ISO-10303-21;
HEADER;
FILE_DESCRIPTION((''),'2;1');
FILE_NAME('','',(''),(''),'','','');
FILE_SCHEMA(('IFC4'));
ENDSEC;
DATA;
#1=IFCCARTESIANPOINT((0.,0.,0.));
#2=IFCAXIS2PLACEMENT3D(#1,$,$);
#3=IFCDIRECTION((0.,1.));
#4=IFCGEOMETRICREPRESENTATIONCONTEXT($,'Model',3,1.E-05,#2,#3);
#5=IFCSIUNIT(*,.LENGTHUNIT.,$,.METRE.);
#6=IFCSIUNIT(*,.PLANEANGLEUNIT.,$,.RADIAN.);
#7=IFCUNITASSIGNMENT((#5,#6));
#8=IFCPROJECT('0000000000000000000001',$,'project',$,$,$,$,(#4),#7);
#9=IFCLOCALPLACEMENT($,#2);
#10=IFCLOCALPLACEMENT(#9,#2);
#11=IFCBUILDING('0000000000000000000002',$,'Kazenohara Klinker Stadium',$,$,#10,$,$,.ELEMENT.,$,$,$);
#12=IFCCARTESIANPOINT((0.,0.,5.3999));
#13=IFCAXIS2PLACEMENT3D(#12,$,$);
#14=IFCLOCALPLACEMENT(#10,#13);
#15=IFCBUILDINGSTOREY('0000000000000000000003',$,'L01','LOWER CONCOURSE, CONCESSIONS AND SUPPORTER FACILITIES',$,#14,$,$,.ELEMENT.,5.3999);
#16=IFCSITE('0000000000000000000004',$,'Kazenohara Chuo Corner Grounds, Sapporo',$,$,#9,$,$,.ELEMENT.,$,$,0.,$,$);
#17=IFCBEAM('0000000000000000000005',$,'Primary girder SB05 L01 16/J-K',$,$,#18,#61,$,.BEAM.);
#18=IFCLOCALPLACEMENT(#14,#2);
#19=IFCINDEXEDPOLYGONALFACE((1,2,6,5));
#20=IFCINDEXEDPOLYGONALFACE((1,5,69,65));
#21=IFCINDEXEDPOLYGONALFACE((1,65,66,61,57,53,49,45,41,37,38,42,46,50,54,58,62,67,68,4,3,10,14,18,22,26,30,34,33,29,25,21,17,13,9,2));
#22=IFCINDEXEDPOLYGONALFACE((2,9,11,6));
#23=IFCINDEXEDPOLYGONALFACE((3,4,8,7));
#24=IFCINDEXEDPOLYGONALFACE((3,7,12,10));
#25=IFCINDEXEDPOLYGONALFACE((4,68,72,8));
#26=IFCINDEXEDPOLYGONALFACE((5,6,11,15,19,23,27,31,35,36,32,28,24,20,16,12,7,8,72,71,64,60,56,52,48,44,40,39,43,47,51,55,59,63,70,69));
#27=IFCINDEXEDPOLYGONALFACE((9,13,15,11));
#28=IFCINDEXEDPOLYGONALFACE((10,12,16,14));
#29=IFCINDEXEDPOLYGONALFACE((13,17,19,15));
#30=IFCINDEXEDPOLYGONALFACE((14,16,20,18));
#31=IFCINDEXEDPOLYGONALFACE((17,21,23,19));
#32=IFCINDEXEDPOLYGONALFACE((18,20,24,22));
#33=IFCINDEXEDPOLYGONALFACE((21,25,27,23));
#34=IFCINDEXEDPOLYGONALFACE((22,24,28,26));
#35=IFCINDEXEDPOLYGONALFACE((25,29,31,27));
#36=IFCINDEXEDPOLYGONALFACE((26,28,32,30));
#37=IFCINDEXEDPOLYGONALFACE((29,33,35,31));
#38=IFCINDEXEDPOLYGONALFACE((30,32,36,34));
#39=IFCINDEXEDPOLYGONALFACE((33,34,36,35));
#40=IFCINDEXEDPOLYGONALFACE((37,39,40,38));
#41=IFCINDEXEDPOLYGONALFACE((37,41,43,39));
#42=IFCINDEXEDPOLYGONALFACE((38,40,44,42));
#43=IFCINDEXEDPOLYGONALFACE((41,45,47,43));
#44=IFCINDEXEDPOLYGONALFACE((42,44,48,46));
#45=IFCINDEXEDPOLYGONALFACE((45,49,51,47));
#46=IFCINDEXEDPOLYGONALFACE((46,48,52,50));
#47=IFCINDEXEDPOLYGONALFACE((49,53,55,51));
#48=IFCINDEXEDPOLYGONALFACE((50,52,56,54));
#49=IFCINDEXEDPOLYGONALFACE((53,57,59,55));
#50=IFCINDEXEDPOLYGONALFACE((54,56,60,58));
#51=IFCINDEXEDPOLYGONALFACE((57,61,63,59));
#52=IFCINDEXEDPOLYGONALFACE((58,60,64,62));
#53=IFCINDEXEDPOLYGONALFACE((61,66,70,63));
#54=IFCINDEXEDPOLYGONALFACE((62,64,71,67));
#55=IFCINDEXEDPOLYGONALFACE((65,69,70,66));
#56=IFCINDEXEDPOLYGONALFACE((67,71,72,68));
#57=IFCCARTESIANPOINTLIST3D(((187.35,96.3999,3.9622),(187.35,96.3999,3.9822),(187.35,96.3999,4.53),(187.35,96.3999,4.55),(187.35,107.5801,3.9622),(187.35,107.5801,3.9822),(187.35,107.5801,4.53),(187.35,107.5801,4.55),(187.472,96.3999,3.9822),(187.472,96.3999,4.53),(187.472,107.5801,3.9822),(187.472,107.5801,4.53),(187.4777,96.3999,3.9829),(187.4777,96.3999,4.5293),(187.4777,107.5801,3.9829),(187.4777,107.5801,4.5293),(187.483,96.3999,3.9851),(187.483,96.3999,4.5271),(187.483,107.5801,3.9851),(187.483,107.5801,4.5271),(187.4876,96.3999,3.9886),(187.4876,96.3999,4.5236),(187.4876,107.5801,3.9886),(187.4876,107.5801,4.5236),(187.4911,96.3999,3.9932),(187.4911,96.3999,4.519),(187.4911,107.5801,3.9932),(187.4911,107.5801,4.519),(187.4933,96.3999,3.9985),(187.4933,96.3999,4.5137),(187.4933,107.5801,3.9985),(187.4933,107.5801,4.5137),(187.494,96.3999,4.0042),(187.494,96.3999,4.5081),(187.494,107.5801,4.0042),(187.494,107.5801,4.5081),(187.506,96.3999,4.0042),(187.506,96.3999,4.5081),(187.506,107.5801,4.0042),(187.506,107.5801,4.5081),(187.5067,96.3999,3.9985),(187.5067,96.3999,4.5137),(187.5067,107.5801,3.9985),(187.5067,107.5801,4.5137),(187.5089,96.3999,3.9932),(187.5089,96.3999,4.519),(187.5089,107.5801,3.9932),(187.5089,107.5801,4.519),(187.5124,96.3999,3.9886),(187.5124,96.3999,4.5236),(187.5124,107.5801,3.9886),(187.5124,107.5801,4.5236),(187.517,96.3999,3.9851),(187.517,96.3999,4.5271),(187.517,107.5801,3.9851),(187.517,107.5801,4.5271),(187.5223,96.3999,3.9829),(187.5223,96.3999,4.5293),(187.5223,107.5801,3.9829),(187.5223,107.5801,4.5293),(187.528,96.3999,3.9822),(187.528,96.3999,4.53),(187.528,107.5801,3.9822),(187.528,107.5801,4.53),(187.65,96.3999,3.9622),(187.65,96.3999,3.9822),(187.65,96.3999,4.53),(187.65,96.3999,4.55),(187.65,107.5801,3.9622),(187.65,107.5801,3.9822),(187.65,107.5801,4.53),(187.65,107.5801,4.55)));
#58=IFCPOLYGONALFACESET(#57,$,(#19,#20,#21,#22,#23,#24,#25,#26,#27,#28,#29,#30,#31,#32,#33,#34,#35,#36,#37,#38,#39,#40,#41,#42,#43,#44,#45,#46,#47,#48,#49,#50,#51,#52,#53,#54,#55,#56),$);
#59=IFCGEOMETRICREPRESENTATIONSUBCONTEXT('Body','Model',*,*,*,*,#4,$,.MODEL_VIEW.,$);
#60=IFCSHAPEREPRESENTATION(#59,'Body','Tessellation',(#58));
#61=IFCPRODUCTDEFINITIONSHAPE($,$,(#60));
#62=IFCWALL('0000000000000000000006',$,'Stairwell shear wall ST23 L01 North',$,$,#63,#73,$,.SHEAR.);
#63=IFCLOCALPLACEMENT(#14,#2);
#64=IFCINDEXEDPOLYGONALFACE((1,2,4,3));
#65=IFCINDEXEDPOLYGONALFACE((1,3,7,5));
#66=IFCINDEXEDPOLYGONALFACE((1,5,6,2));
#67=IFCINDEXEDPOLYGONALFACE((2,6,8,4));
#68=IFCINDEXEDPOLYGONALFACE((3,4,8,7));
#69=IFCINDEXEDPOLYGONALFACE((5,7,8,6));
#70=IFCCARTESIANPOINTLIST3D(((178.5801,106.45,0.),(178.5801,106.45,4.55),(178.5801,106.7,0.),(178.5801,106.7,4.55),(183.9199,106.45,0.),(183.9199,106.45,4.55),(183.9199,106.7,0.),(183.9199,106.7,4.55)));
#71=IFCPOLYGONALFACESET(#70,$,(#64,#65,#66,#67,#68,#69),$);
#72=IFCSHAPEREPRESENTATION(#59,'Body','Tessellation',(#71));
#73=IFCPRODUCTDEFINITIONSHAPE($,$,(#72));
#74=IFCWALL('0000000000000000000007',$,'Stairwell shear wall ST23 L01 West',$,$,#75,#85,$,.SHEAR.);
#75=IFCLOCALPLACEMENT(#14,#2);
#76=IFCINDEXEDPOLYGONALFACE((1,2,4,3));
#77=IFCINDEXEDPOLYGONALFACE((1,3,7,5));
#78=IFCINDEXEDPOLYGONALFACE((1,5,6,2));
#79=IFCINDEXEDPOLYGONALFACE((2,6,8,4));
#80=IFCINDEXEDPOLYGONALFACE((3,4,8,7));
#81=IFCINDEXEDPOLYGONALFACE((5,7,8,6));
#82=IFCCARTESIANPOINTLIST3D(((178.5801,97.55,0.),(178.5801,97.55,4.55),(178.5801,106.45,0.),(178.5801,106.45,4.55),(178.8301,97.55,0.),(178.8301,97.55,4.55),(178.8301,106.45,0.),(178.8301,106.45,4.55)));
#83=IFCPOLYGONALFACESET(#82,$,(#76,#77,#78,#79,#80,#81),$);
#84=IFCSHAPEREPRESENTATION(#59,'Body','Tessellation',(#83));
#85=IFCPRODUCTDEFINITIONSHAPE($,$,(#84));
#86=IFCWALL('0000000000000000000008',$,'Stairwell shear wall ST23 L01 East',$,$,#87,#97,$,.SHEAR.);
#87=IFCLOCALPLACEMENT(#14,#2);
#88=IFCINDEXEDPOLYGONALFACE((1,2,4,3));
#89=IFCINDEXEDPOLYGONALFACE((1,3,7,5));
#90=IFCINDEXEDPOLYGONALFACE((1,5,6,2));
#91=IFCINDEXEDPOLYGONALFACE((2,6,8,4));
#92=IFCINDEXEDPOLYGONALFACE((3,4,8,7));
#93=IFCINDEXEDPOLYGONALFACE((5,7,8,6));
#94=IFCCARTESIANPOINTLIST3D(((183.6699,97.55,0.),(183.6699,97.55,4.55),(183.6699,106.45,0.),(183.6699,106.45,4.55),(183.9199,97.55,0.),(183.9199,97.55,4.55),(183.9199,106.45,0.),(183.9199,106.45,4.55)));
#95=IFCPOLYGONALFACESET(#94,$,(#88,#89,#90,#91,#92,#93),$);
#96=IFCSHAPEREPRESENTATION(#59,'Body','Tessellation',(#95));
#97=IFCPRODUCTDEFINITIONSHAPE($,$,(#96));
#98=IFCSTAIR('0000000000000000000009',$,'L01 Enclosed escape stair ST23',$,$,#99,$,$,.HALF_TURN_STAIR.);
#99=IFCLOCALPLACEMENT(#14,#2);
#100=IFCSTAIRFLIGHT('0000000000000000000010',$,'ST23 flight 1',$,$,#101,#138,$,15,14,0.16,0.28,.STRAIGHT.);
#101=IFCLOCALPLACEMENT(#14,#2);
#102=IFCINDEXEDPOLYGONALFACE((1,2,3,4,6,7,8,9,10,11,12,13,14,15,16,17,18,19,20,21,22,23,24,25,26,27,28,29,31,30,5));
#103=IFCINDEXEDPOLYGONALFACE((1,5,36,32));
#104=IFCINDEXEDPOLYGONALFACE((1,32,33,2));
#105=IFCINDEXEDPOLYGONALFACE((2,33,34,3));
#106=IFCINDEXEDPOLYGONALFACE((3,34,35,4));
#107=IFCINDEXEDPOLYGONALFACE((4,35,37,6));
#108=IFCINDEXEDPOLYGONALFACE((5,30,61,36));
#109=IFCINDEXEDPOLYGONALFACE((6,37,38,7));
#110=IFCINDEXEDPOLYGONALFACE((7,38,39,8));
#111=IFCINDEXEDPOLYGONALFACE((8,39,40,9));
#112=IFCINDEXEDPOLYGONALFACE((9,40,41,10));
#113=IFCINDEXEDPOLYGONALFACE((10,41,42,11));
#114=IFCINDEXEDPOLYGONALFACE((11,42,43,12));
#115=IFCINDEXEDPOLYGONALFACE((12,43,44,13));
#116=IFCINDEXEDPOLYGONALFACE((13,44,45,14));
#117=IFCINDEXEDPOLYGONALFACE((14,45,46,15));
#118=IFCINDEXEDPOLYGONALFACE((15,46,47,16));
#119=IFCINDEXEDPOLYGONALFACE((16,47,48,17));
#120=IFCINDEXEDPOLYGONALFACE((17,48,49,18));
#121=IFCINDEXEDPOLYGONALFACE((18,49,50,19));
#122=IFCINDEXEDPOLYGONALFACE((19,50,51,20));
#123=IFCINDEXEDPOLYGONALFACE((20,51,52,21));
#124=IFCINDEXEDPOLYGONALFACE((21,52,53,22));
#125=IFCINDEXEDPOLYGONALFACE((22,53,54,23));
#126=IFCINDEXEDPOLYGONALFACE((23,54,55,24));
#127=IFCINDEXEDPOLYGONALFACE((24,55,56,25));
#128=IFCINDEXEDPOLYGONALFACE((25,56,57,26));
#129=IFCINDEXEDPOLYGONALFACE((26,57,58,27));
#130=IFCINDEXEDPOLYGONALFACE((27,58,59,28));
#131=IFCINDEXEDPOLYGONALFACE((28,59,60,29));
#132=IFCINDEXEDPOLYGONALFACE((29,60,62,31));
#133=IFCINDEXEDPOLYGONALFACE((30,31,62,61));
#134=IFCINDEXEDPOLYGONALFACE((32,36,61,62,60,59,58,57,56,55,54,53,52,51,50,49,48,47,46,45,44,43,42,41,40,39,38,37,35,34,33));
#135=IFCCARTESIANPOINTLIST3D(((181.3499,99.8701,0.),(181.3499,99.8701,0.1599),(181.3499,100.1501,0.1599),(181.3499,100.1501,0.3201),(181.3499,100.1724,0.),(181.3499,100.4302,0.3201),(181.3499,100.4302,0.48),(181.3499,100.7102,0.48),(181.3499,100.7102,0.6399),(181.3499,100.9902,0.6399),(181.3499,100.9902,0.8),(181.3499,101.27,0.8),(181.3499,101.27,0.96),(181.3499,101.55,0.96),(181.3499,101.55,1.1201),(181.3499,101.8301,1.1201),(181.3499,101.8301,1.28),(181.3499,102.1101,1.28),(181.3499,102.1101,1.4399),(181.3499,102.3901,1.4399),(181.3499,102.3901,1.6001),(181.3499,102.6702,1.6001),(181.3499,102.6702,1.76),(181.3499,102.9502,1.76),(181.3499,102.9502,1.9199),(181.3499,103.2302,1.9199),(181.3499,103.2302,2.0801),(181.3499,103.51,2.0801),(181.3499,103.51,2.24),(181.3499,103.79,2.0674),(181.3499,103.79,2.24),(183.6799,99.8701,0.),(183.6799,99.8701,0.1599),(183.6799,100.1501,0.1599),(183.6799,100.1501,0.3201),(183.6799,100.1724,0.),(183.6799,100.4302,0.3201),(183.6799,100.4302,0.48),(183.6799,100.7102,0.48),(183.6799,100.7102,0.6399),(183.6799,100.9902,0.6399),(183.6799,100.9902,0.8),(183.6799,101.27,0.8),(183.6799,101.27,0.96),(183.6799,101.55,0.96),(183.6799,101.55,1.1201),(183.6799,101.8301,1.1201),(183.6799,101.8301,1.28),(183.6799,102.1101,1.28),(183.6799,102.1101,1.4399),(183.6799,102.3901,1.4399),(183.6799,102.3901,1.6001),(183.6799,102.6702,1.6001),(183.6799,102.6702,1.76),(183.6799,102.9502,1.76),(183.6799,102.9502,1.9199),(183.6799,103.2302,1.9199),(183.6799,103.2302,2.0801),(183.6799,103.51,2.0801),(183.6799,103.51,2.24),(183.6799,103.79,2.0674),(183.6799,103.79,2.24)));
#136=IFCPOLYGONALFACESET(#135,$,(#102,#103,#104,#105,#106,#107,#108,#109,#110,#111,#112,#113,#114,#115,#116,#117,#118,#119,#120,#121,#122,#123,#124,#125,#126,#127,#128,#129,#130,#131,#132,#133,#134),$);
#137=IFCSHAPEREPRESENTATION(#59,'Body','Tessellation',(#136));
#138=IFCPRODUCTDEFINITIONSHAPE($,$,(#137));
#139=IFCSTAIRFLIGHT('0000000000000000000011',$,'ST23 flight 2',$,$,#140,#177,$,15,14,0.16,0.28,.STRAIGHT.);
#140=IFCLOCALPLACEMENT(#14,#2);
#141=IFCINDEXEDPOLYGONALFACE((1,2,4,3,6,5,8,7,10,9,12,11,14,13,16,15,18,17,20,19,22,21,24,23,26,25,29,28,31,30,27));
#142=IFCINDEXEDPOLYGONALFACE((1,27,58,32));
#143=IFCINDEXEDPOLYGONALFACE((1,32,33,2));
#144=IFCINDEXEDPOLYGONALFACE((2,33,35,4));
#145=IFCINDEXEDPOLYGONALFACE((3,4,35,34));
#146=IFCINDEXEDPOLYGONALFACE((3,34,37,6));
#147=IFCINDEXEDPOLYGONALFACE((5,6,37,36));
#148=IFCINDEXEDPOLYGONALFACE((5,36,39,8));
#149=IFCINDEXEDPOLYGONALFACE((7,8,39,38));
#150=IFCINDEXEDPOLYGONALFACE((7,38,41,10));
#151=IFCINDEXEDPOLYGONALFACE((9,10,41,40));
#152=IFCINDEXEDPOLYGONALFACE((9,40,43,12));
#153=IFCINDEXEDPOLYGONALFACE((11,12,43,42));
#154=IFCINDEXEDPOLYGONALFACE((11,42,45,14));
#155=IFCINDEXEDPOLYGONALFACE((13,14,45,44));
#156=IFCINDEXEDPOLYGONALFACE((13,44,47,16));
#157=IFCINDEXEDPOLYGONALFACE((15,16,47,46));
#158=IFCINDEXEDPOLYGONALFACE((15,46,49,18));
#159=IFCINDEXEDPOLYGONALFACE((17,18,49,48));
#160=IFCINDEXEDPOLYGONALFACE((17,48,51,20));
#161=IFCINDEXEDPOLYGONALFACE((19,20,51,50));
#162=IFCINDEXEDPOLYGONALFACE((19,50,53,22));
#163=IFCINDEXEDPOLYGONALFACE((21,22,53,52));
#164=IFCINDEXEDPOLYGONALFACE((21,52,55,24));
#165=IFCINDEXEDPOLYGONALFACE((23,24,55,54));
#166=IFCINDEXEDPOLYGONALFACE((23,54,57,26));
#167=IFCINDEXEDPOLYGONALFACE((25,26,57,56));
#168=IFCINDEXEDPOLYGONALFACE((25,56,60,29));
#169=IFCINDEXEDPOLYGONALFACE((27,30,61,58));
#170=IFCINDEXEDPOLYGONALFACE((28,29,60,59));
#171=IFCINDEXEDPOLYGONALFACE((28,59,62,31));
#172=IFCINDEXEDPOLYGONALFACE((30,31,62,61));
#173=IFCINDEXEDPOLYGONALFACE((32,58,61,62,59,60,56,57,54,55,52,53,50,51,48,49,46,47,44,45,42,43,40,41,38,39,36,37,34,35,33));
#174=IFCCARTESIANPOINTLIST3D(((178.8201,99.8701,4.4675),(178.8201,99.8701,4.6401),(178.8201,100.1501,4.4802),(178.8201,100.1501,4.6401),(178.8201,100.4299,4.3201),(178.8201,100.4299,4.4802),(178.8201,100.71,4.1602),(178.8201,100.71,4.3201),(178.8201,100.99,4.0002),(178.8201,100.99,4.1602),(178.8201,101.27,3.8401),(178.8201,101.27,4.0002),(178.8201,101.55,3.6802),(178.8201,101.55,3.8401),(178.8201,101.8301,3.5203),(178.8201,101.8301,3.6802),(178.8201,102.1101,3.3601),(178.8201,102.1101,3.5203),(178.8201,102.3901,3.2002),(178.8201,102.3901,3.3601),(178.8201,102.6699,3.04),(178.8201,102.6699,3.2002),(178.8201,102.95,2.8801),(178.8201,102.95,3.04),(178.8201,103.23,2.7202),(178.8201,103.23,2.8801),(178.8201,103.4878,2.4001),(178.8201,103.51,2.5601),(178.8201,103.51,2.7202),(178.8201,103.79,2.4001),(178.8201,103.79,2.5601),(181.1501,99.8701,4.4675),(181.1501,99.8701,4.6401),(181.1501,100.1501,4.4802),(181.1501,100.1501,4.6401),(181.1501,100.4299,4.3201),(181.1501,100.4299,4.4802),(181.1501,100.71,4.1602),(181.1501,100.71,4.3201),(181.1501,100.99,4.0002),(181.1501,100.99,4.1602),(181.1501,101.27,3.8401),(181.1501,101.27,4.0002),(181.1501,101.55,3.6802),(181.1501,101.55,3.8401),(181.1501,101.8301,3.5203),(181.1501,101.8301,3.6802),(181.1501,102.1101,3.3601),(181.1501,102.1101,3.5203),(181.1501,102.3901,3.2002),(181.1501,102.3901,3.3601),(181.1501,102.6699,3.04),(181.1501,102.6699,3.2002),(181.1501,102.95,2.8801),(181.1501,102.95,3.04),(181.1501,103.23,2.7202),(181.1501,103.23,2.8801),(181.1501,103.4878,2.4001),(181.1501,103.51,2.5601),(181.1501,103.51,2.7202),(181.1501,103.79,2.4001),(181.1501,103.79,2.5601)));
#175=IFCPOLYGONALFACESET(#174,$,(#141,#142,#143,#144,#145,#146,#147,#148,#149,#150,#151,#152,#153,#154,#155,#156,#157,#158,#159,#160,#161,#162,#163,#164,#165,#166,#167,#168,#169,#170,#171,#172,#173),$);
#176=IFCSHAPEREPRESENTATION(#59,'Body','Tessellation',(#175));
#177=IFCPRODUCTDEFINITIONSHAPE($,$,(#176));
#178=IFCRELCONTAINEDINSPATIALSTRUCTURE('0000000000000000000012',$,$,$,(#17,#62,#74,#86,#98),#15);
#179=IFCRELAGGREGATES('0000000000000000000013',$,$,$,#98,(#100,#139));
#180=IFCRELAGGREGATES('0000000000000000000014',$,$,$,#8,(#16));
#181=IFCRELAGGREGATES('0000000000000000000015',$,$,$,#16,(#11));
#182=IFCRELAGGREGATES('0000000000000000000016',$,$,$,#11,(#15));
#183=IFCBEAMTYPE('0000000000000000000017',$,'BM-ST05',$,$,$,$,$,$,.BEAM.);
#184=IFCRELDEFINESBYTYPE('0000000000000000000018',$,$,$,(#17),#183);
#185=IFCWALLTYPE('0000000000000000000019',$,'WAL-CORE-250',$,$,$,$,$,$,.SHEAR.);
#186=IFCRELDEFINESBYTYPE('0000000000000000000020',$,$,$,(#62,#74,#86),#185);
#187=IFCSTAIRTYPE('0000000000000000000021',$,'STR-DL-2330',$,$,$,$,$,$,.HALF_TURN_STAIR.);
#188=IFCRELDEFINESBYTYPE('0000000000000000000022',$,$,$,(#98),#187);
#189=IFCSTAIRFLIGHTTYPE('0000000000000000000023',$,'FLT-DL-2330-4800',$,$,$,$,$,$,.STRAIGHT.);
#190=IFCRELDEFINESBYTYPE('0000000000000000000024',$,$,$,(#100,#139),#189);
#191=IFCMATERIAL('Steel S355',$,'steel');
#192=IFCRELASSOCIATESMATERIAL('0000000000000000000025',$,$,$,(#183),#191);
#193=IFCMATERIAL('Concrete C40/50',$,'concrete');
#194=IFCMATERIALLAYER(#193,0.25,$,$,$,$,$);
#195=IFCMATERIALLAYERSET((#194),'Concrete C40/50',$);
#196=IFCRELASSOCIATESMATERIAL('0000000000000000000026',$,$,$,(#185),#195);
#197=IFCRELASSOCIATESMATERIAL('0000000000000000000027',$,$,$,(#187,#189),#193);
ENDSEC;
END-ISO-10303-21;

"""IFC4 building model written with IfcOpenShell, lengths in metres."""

from ifc_helpers import new_model, si_unit, direction, frame, frame_2d, origin, origin_2d, place, context, subcontext, project, spatial, polyline, rectangle, i_section, outline, extrude, material, layer, layer_set, material_profile, profile_set, type_object, element, aggregate, save


model = new_model("IFC4")

# Units and contexts
model_context = context("Model", 3, precision=1e-05, world=origin(), true_north=direction((0.0, 1.0)))
body_context = subcontext(model_context, "Body", "Model", "MODEL_VIEW")
ifc_project = project(units=[si_unit("LENGTHUNIT", "METRE"), si_unit("PLANEANGLEUNIT", "RADIAN")], contexts=[model_context])

# Site, building, storey
site_placement = place(None, origin())
site = spatial("IfcSite", under=ifc_project, at=site_placement, Name="Kazenohara Chuo Corner Grounds, Sapporo", CompositionType="ELEMENT", RefElevation=0.0)
building_placement = place(site_placement, origin())
building = spatial("IfcBuilding", under=site, at=building_placement, Name="Kazenohara Klinker Stadium", CompositionType="ELEMENT")
storey_placement = place(building_placement, frame((0.0, 0.0, 5.3999)))
storey = spatial("IfcBuildingStorey", under=building, at=storey_placement, Name="L01", Description="LOWER CONCOURSE, CONCESSIONS AND SUPPORTER FACILITIES", CompositionType="ELEMENT", Elevation=5.3999)

# Shared definitions
ifc_material_1 = material(Name="Concrete C40/50", Category="concrete")

# Beam
ifc_material_2 = material(Name="Steel S355", Category="steel")
ifc_material_profile_1 = material_profile(ifc_material_2, i_section(OverallWidth=0.3, OverallDepth=0.5879, WebThickness=0.012, FlangeThickness=0.02, FilletRadius=0.022, at=origin_2d()), Name="H-588x300x12x20")
ifc_profile_set_1 = profile_set([ifc_material_profile_1], Name="Steel S355")
beam_type_1 = type_object("IfcBeamType", Name="BM-ST05", PredefinedType="BEAM", material=ifc_profile_set_1)
beam_1_placement = place(storey_placement, frame((187.5, 96.3999, 4.2561), z_axis=(0.0, 1.0, 0.0), x_axis=(-1.0, 0.0, 0.0)))
element("IfcBeam", 1, at=beam_1_placement, inside=storey, type_object=beam_type_1, Name="Primary girder SB05 L01 16/J-K", PredefinedType="BEAM", context=body_context, shape_type="SweptSolid", body=[
    extrude(i_section(OverallWidth=0.3, OverallDepth=0.5879, WebThickness=0.012, FlangeThickness=0.02, FilletRadius=0.022, at=origin_2d()), origin(), (0.0, 0.0, 1.0), 11.1802),
])

# Shared definitions
ifc_layer_1 = layer(ifc_material_1, 0.25)
ifc_layer_set_1 = layer_set([ifc_layer_1], Name="Concrete C40/50")
wall_type = type_object("IfcWallType", Name="WAL-CORE-250", PredefinedType="SHEAR", material=ifc_layer_set_1)

# Walls
wall_1_placement = place(storey_placement, frame((178.5801, 106.575, 0.0), z_axis=(0.0, 0.0, 1.0), x_axis=(1.0, 0.0, 0.0)))
element("IfcWall", 2, at=wall_1_placement, inside=storey, type_object=wall_type, Name="Stairwell shear wall ST23 L01 North", PredefinedType="SHEAR", context=body_context, shape_type="SweptSolid", body=[
    extrude(rectangle(XDim=5.3398, YDim=0.25, at=frame_2d((2.6699, 0.0))), origin(), (0.0, 0.0, 1.0), 4.55),
])
for number, where, z_axis, x_axis, name in (
    (3, (178.7051, 97.55, 0.0), (0.0, 0.0, 1.0), (0.0, 1.0, 0.0), "Stairwell shear wall ST23 L01 West"),
    (4, (183.7949, 97.55, 0.0), (0.0, 0.0, 1.0), (0.0, 1.0, 0.0), "Stairwell shear wall ST23 L01 East"),
):
    element("IfcWall", number, at=place(storey_placement, frame(where, z_axis=z_axis, x_axis=x_axis)), inside=storey, type_object=wall_type, Name=name, PredefinedType="SHEAR", context=body_context, shape_type="SweptSolid", body=[
        extrude(rectangle(XDim=8.8999, YDim=0.25, at=frame_2d((4.45, 0.0))), origin(), (0.0, 0.0, 1.0), 4.55),
    ])

# Stair, stair flights
stair_type = type_object("IfcStairType", Name="STR-DL-2330", PredefinedType="HALF_TURN_STAIR", material=ifc_material_1)
stair_placement = place(storey_placement, origin())
stair = element("IfcStair", 5, at=stair_placement, inside=storey, type_object=stair_type, Name="L01 Enclosed escape stair ST23", PredefinedType="HALF_TURN_STAIR")
stair_flight_type = type_object("IfcStairFlightType", Name="FLT-DL-2330-4800", PredefinedType="STRAIGHT", material=ifc_material_1)
stair_flight_1_placement = place(storey_placement, frame((182.5149, 99.8701, 0.0), z_axis=(0.0, 0.0, 1.0), x_axis=(0.0, 1.0, 0.0)))
stair_flight_1 = element("IfcStairFlight", 6, at=stair_flight_1_placement, type_object=stair_flight_type, Name="ST23 flight 1", NumberOfRisers=15, NumberOfTreads=14, PredefinedType="STRAIGHT", RiserHeight=0.16, TreadLength=0.28, context=body_context, shape_type="SweptSolid", body=[
    extrude(outline(polyline([(0.0, 0.0), (0.0, 0.1599), (0.28, 0.1599), (0.28, 0.3201), (0.5601, 0.3201), (0.5601, 0.48), (0.8401, 0.48), (0.8401, 0.6399), (1.1201, 0.6399), (1.1201, 0.8), (1.3999, 0.8), (1.3999, 0.96), (1.6799, 0.96), (1.6799, 1.1201), (1.96, 1.1201), (1.96, 1.28), (2.24, 1.28), (2.24, 1.4399), (2.52, 1.4399), (2.52, 1.6001), (2.8, 1.6001), (2.8, 1.76), (3.0801, 1.76), (3.0801, 1.9199), (3.3601, 1.9199), (3.3601, 2.0801), (3.6399, 2.0801), (3.6399, 2.24), (3.9199, 2.24), (3.9199, 2.3999), (3.9199, 2.0674), (0.3022, 0.0), (0.0, 0.0)])), frame((0.0, 1.165, 0.0), z_axis=(0.0, -1.0, 0.0), x_axis=(1.0, 0.0, 0.0)), (0.0, 0.0, 1.0), 2.3301),
])
stair_flight_2_placement = place(storey_placement, frame((179.9851, 103.79, 2.4001), z_axis=(0.0, 0.0, 1.0), x_axis=(0.0, -1.0, 0.0)))
stair_flight_2 = element("IfcStairFlight", 7, at=stair_flight_2_placement, type_object=stair_flight_type, Name="ST23 flight 2", NumberOfRisers=15, NumberOfTreads=14, PredefinedType="STRAIGHT", RiserHeight=0.16, TreadLength=0.28, context=body_context, shape_type="SweptSolid", body=[
    extrude(outline(polyline([(0.0, 0.0), (0.0, 0.1599), (0.28, 0.1599), (0.28, 0.3201), (0.5601, 0.3201), (0.5601, 0.48), (0.8401, 0.48), (0.8401, 0.6399), (1.1201, 0.6399), (1.1201, 0.8), (1.3999, 0.8), (1.3999, 0.96), (1.6799, 0.96), (1.6799, 1.1201), (1.96, 1.1201), (1.96, 1.28), (2.24, 1.28), (2.24, 1.4399), (2.52, 1.4399), (2.52, 1.6001), (2.8, 1.6001), (2.8, 1.76), (3.0801, 1.76), (3.0801, 1.9199), (3.3601, 1.9199), (3.3601, 2.0801), (3.6399, 2.0801), (3.6399, 2.24), (3.9199, 2.24), (3.9199, 2.3999), (3.9199, 2.0674), (0.3022, 0.0), (0.0, 0.0)])), frame((0.0, 1.165, 0.0), z_axis=(0.0, -1.0, 0.0), x_axis=(1.0, 0.0, 0.0)), (0.0, 0.0, 1.0), 2.3301),
])
aggregate(stair, [stair_flight_1, stair_flight_2])

save(model, "model.ifc")
